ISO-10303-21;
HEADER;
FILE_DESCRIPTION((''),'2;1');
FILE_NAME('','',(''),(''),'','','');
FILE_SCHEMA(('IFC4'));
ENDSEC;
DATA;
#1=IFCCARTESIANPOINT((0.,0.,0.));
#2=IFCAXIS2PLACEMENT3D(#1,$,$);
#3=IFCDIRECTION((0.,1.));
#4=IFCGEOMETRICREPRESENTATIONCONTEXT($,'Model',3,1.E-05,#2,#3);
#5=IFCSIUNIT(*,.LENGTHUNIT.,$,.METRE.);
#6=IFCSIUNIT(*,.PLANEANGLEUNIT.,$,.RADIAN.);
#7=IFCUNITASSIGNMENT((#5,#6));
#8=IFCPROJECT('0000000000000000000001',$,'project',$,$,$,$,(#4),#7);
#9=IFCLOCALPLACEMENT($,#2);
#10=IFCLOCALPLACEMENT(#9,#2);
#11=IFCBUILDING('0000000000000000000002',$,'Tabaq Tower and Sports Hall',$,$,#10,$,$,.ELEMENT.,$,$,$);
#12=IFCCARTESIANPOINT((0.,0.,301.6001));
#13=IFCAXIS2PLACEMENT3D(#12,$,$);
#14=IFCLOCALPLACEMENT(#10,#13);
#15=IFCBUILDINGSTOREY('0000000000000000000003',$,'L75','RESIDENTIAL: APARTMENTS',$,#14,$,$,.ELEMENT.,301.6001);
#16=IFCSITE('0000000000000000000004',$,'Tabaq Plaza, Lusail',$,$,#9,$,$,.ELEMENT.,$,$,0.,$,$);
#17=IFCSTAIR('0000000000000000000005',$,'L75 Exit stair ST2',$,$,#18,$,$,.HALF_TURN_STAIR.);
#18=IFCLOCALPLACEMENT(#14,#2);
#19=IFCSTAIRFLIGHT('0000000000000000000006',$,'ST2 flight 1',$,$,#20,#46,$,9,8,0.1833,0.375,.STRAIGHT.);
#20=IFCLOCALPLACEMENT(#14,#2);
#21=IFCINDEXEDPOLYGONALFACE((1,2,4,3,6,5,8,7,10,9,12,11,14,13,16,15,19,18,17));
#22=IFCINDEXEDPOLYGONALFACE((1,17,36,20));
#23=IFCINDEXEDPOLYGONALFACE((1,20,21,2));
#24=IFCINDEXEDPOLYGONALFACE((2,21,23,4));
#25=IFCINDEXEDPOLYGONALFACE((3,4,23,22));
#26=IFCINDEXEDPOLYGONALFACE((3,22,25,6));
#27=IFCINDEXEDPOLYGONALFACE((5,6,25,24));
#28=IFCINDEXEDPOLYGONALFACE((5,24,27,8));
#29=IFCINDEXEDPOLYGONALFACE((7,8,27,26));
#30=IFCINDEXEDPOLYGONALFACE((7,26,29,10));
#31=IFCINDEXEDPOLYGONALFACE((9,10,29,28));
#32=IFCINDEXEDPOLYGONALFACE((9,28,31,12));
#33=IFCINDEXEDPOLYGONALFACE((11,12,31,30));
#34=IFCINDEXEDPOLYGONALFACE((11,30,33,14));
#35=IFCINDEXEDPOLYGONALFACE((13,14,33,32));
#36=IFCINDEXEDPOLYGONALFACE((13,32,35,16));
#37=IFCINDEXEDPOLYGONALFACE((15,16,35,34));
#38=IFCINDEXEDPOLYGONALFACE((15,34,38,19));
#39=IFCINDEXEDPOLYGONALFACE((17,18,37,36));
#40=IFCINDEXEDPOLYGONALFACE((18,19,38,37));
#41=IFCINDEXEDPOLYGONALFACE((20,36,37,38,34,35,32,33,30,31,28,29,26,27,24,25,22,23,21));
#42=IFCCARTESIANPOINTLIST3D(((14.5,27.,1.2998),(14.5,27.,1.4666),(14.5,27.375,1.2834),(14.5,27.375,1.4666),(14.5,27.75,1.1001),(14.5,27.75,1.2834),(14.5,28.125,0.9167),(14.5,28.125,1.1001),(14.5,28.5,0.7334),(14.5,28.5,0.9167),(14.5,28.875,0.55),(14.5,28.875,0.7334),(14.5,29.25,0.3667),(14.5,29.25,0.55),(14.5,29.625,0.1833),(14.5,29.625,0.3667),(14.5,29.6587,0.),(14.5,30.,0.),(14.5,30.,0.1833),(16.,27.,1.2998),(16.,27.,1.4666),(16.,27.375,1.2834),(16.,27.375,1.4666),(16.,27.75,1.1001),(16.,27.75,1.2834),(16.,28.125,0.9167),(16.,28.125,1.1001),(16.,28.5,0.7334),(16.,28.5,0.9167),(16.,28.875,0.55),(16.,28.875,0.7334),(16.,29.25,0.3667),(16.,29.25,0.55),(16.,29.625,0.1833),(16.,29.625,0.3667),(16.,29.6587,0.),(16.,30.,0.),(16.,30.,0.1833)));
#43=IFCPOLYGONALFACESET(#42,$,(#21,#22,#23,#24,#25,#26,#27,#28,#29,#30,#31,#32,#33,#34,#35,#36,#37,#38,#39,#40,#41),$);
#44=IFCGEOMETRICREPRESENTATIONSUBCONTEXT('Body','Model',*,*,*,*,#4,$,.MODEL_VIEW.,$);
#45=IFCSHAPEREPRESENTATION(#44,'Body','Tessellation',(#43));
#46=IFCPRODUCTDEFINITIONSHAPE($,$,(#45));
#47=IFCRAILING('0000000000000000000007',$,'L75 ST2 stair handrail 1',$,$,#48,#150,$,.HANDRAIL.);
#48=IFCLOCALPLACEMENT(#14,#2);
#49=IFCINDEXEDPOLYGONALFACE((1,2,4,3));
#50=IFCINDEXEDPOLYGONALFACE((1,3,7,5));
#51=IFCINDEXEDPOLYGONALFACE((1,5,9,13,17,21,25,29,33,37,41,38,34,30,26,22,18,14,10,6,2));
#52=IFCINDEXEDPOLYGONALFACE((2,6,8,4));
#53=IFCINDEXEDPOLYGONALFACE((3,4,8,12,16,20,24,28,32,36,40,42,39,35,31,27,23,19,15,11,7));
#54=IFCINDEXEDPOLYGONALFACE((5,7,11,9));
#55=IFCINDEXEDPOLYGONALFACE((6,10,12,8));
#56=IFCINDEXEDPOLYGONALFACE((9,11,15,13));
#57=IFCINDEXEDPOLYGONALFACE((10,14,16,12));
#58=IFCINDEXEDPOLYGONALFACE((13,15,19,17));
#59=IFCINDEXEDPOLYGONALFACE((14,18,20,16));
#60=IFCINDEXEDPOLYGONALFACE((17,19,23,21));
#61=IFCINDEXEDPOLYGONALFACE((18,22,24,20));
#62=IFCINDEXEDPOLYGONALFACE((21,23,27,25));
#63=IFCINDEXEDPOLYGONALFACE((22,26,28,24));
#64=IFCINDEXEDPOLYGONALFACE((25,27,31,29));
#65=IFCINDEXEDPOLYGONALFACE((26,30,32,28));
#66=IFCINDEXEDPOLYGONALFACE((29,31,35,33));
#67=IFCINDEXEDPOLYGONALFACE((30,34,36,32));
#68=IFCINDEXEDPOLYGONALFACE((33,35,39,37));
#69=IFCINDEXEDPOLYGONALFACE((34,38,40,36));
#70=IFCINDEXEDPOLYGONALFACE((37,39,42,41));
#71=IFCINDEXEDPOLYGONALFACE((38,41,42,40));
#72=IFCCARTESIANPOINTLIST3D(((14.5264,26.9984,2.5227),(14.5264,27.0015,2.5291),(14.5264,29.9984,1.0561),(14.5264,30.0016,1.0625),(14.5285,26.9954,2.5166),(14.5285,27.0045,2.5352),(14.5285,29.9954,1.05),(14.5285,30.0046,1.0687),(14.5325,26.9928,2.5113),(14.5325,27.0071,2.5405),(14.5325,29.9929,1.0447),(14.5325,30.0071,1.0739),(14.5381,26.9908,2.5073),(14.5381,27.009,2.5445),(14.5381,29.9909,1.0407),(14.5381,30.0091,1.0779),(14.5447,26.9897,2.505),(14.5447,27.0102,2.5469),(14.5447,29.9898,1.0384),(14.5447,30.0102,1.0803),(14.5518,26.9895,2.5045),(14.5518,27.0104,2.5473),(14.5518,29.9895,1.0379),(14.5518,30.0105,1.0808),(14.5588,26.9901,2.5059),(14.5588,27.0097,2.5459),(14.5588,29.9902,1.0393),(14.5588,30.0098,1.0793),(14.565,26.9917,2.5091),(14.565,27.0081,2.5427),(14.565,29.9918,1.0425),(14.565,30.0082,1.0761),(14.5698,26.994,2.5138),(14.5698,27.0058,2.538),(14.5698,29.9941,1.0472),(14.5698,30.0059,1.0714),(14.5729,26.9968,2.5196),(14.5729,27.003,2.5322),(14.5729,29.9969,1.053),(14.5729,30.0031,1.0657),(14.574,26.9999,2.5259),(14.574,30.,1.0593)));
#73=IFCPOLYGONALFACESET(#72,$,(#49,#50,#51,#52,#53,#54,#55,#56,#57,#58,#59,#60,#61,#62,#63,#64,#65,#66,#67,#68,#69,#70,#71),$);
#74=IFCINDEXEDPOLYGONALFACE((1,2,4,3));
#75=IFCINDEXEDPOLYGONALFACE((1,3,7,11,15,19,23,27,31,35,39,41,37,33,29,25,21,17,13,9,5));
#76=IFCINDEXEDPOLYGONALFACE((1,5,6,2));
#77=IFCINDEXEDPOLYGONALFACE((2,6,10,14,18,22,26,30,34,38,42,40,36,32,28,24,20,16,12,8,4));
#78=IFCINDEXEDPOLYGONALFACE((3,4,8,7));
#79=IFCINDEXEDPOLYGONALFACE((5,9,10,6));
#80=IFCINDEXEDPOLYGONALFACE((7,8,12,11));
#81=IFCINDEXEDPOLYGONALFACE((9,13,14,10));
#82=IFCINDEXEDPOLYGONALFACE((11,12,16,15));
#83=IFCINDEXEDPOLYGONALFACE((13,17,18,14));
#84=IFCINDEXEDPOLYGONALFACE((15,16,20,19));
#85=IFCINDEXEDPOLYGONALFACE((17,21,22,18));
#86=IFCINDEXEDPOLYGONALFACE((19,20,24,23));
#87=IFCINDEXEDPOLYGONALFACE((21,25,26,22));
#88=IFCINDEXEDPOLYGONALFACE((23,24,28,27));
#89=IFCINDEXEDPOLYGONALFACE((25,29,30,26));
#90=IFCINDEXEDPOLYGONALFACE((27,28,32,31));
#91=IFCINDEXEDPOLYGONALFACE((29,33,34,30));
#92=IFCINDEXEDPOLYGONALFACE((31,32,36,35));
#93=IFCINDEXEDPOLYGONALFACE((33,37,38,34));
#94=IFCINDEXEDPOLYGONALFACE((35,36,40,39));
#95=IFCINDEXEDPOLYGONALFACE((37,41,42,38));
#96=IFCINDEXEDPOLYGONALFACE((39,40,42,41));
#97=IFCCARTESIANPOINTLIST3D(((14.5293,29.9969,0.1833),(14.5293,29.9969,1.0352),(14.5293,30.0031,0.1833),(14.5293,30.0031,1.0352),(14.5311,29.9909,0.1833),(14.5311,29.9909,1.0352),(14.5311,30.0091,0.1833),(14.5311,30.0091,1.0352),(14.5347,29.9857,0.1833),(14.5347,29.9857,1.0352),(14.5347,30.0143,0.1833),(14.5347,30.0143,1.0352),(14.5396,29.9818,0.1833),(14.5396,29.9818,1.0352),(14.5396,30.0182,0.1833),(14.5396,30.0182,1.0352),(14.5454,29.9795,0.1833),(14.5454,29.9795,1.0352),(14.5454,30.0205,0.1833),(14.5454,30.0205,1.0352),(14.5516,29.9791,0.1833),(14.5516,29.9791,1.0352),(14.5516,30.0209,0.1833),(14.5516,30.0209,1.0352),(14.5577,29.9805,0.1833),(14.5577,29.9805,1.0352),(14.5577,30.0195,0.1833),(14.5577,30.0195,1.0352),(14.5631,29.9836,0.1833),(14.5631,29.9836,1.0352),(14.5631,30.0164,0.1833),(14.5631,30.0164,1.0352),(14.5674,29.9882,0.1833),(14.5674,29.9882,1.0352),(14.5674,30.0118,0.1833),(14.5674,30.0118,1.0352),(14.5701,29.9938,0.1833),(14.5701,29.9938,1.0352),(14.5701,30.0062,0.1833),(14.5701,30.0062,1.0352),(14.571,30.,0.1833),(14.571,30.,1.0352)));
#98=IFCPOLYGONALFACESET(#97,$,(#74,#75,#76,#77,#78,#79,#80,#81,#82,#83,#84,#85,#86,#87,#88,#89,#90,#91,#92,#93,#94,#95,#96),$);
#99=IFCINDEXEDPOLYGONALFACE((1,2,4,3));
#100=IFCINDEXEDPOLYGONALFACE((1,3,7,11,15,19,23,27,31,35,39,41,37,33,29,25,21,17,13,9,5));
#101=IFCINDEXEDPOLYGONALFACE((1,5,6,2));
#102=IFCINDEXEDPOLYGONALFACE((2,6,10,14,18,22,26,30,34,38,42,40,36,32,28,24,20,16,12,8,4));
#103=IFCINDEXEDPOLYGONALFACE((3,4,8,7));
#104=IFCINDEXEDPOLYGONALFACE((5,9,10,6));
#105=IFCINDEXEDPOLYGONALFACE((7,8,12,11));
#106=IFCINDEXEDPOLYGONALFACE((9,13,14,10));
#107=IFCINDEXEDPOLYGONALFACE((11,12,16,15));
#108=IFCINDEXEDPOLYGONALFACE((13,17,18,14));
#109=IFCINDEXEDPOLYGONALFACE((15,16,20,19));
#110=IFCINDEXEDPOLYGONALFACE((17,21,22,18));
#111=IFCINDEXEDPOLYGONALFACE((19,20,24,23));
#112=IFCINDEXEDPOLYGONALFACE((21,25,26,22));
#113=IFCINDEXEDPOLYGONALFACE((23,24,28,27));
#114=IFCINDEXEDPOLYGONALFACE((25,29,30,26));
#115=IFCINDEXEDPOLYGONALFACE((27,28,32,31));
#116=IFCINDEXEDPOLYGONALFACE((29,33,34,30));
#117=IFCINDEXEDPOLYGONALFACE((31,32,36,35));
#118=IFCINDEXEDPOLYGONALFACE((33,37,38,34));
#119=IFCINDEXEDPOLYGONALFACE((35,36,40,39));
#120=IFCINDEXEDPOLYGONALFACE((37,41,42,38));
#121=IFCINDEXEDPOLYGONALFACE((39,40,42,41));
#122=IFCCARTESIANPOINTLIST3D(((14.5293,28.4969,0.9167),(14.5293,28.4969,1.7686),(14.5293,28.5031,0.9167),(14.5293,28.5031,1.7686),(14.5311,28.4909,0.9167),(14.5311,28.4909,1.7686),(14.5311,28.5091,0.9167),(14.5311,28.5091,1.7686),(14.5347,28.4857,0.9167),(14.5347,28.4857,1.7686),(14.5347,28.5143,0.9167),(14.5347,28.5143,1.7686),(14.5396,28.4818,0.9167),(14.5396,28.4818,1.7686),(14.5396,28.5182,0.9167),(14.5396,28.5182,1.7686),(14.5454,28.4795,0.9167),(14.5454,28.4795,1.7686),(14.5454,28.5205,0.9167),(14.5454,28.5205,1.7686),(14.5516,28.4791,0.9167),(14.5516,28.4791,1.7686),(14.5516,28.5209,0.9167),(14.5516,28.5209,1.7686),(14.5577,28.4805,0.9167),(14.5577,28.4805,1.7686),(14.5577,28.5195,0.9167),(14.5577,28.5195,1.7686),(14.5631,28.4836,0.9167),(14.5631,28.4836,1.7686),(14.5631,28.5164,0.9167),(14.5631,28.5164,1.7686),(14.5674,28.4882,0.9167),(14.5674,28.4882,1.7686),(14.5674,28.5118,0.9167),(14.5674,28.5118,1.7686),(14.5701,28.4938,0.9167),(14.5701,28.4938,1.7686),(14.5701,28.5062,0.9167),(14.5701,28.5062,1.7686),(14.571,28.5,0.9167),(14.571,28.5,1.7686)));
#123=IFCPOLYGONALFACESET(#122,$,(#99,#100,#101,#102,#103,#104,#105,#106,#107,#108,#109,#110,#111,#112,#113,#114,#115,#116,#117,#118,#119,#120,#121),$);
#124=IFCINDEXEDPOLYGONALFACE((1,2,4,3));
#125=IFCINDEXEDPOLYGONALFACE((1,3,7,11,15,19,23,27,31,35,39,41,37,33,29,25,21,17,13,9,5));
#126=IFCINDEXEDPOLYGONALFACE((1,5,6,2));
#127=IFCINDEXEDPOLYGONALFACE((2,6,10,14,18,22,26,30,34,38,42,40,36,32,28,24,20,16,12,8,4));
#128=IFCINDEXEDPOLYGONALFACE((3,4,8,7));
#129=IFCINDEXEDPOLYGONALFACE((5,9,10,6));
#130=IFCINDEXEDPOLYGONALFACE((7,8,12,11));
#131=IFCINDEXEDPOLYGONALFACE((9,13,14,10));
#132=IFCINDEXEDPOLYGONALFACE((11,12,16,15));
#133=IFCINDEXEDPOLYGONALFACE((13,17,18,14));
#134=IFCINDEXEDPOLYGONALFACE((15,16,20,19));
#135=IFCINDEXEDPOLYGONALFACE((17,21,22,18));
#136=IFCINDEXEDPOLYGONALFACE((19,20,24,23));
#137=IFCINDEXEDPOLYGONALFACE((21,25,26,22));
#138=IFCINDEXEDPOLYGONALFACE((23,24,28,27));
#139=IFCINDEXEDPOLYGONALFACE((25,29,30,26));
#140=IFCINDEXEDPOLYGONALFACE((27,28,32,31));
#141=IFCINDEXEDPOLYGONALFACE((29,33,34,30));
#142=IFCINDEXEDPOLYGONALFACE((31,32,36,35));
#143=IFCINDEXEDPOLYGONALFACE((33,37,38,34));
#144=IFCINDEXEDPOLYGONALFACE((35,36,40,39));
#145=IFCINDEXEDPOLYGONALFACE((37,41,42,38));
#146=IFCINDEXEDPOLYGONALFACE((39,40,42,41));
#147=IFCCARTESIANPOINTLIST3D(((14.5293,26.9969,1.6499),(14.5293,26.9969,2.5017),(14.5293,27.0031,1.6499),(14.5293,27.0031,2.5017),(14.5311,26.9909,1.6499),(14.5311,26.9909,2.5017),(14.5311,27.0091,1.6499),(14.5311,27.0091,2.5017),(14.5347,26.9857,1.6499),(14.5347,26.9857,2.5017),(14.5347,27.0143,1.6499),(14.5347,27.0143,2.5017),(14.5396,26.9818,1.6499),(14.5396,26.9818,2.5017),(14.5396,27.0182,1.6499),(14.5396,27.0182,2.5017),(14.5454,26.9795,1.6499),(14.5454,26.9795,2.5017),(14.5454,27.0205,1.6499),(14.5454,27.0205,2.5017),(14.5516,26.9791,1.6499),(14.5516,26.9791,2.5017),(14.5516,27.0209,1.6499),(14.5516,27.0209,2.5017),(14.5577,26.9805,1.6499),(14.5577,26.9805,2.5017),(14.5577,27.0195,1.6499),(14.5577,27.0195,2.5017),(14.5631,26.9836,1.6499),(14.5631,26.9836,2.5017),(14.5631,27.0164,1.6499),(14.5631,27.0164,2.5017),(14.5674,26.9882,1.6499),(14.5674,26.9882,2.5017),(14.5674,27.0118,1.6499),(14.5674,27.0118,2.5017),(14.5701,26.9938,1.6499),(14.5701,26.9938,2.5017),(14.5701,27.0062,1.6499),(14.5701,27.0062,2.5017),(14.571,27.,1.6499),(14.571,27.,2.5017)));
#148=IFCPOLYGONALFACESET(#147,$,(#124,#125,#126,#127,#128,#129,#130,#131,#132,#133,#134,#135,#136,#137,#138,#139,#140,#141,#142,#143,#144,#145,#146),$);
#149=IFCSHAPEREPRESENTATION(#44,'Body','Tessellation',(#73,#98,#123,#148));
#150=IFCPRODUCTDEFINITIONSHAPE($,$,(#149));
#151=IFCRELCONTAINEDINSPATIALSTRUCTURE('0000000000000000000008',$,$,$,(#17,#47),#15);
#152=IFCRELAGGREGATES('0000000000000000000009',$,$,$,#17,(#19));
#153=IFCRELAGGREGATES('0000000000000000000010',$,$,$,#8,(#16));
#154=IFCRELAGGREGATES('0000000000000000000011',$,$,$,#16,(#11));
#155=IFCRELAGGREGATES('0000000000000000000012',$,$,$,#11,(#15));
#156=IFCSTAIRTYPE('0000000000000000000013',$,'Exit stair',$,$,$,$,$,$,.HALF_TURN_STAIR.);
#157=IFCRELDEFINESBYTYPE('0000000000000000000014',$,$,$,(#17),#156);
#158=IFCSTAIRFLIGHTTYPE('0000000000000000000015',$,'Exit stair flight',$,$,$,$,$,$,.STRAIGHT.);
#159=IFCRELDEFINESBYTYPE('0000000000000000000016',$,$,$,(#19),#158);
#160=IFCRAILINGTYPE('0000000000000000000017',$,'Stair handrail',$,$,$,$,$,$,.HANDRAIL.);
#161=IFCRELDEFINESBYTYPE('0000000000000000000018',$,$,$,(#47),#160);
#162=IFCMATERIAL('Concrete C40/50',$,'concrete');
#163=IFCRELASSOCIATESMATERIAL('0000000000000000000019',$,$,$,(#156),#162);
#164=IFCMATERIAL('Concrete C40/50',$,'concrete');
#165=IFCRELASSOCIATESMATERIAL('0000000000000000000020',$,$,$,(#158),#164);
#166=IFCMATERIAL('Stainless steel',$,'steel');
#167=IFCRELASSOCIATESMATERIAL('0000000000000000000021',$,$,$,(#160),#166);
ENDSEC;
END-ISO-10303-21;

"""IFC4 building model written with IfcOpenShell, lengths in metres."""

from ifc_helpers import new_model, si_unit, direction, frame, origin, origin_2d, place, context, subcontext, project, spatial, polyline, circle, outline, extrude, material, type_object, element, aggregate, save


model = new_model("IFC4")

# Units and contexts
model_context = context("Model", 3, precision=1e-05, world=origin(), true_north=direction((0.0, 1.0)))
body_context = subcontext(model_context, "Body", "Model", "MODEL_VIEW")
ifc_project = project(units=[si_unit("LENGTHUNIT", "METRE"), si_unit("PLANEANGLEUNIT", "RADIAN")], contexts=[model_context])

# Site, building, storey
site_placement = place(None, origin())
site = spatial("IfcSite", under=ifc_project, at=site_placement, Name="Tabaq Plaza, Lusail", CompositionType="ELEMENT", RefElevation=0.0)
building_placement = place(site_placement, origin())
building = spatial("IfcBuilding", under=site, at=building_placement, Name="Tabaq Tower and Sports Hall", CompositionType="ELEMENT")
storey_placement = place(building_placement, frame((0.0, 0.0, 301.6001)))
storey = spatial("IfcBuildingStorey", under=building, at=storey_placement, Name="L75", Description="RESIDENTIAL: APARTMENTS", CompositionType="ELEMENT", Elevation=301.6001)

# Stair, stair flight
ifc_material_1 = material(Name="Concrete C40/50", Category="concrete")
stair_type = type_object("IfcStairType", Name="Exit stair", PredefinedType="HALF_TURN_STAIR", material=ifc_material_1)
stair_placement = place(storey_placement, origin())
stair = element("IfcStair", 1, at=stair_placement, inside=storey, type_object=stair_type, Name="L75 Exit stair ST2", PredefinedType="HALF_TURN_STAIR")
ifc_material_2 = material(Name="Concrete C40/50", Category="concrete")
stair_flight_type = type_object("IfcStairFlightType", Name="Exit stair flight", PredefinedType="STRAIGHT", material=ifc_material_2)
stair_flight_placement = place(storey_placement, frame((15.25, 30.0, 0.0), z_axis=(0.0, 0.0, 1.0), x_axis=(0.0, -1.0, 0.0)))
stair_flight = element("IfcStairFlight", 2, at=stair_flight_placement, type_object=stair_flight_type, Name="ST2 flight 1", NumberOfRisers=9, NumberOfTreads=8, PredefinedType="STRAIGHT", RiserHeight=0.1833, TreadLength=0.375, context=body_context, shape_type="SweptSolid", body=[
    extrude(outline(polyline([(0.0, 0.0), (0.0, 0.1833), (0.375, 0.1833), (0.375, 0.3667), (0.75, 0.3667), (0.75, 0.55), (1.125, 0.55), (1.125, 0.7334), (1.5, 0.7334), (1.5, 0.9167), (1.875, 0.9167), (1.875, 1.1001), (2.25, 1.1001), (2.25, 1.2834), (2.625, 1.2834), (2.625, 1.4666), (3.0, 1.4666), (3.0, 1.6499), (3.0, 1.2998), (0.3413, 0.0), (0.0, 0.0)])), frame((0.0, 0.75, 0.0), z_axis=(0.0, -1.0, 0.0), x_axis=(1.0, 0.0, 0.0)), (0.0, 0.0, 1.0), 1.5),
])
aggregate(stair, [stair_flight])

# Railing
ifc_material_3 = material(Name="Stainless steel", Category="steel")
railing_type = type_object("IfcRailingType", Name="Stair handrail", PredefinedType="HANDRAIL", material=ifc_material_3)
railing_placement = place(storey_placement, frame((14.55, 30.0, 0.1833)))
element("IfcRailing", 3, at=railing_placement, inside=storey, type_object=railing_type, Name="L75 ST2 stair handrail 1", PredefinedType="HANDRAIL", context=body_context, shape_type="SweptSolid", body=[
    extrude(circle(Radius=0.0239, at=origin_2d()), frame((0.0, 0.0, 0.876), z_axis=(0.0, -0.898398, 0.439183), x_axis=(1.0, 0.0, 0.0)), (0.0, 0.0, 1.0), 3.3394),
    extrude(circle(Radius=0.021, at=origin_2d()), origin(), (0.0, 0.0, 1.0), 0.8518),
    extrude(circle(Radius=0.021, at=origin_2d()), frame((0.0, -1.5, 0.7334)), (0.0, 0.0, 1.0), 0.8518),
    extrude(circle(Radius=0.021, at=origin_2d()), frame((0.0, -3.0, 1.4666)), (0.0, 0.0, 1.0), 0.8518),
])

save(model, "model.ifc")
